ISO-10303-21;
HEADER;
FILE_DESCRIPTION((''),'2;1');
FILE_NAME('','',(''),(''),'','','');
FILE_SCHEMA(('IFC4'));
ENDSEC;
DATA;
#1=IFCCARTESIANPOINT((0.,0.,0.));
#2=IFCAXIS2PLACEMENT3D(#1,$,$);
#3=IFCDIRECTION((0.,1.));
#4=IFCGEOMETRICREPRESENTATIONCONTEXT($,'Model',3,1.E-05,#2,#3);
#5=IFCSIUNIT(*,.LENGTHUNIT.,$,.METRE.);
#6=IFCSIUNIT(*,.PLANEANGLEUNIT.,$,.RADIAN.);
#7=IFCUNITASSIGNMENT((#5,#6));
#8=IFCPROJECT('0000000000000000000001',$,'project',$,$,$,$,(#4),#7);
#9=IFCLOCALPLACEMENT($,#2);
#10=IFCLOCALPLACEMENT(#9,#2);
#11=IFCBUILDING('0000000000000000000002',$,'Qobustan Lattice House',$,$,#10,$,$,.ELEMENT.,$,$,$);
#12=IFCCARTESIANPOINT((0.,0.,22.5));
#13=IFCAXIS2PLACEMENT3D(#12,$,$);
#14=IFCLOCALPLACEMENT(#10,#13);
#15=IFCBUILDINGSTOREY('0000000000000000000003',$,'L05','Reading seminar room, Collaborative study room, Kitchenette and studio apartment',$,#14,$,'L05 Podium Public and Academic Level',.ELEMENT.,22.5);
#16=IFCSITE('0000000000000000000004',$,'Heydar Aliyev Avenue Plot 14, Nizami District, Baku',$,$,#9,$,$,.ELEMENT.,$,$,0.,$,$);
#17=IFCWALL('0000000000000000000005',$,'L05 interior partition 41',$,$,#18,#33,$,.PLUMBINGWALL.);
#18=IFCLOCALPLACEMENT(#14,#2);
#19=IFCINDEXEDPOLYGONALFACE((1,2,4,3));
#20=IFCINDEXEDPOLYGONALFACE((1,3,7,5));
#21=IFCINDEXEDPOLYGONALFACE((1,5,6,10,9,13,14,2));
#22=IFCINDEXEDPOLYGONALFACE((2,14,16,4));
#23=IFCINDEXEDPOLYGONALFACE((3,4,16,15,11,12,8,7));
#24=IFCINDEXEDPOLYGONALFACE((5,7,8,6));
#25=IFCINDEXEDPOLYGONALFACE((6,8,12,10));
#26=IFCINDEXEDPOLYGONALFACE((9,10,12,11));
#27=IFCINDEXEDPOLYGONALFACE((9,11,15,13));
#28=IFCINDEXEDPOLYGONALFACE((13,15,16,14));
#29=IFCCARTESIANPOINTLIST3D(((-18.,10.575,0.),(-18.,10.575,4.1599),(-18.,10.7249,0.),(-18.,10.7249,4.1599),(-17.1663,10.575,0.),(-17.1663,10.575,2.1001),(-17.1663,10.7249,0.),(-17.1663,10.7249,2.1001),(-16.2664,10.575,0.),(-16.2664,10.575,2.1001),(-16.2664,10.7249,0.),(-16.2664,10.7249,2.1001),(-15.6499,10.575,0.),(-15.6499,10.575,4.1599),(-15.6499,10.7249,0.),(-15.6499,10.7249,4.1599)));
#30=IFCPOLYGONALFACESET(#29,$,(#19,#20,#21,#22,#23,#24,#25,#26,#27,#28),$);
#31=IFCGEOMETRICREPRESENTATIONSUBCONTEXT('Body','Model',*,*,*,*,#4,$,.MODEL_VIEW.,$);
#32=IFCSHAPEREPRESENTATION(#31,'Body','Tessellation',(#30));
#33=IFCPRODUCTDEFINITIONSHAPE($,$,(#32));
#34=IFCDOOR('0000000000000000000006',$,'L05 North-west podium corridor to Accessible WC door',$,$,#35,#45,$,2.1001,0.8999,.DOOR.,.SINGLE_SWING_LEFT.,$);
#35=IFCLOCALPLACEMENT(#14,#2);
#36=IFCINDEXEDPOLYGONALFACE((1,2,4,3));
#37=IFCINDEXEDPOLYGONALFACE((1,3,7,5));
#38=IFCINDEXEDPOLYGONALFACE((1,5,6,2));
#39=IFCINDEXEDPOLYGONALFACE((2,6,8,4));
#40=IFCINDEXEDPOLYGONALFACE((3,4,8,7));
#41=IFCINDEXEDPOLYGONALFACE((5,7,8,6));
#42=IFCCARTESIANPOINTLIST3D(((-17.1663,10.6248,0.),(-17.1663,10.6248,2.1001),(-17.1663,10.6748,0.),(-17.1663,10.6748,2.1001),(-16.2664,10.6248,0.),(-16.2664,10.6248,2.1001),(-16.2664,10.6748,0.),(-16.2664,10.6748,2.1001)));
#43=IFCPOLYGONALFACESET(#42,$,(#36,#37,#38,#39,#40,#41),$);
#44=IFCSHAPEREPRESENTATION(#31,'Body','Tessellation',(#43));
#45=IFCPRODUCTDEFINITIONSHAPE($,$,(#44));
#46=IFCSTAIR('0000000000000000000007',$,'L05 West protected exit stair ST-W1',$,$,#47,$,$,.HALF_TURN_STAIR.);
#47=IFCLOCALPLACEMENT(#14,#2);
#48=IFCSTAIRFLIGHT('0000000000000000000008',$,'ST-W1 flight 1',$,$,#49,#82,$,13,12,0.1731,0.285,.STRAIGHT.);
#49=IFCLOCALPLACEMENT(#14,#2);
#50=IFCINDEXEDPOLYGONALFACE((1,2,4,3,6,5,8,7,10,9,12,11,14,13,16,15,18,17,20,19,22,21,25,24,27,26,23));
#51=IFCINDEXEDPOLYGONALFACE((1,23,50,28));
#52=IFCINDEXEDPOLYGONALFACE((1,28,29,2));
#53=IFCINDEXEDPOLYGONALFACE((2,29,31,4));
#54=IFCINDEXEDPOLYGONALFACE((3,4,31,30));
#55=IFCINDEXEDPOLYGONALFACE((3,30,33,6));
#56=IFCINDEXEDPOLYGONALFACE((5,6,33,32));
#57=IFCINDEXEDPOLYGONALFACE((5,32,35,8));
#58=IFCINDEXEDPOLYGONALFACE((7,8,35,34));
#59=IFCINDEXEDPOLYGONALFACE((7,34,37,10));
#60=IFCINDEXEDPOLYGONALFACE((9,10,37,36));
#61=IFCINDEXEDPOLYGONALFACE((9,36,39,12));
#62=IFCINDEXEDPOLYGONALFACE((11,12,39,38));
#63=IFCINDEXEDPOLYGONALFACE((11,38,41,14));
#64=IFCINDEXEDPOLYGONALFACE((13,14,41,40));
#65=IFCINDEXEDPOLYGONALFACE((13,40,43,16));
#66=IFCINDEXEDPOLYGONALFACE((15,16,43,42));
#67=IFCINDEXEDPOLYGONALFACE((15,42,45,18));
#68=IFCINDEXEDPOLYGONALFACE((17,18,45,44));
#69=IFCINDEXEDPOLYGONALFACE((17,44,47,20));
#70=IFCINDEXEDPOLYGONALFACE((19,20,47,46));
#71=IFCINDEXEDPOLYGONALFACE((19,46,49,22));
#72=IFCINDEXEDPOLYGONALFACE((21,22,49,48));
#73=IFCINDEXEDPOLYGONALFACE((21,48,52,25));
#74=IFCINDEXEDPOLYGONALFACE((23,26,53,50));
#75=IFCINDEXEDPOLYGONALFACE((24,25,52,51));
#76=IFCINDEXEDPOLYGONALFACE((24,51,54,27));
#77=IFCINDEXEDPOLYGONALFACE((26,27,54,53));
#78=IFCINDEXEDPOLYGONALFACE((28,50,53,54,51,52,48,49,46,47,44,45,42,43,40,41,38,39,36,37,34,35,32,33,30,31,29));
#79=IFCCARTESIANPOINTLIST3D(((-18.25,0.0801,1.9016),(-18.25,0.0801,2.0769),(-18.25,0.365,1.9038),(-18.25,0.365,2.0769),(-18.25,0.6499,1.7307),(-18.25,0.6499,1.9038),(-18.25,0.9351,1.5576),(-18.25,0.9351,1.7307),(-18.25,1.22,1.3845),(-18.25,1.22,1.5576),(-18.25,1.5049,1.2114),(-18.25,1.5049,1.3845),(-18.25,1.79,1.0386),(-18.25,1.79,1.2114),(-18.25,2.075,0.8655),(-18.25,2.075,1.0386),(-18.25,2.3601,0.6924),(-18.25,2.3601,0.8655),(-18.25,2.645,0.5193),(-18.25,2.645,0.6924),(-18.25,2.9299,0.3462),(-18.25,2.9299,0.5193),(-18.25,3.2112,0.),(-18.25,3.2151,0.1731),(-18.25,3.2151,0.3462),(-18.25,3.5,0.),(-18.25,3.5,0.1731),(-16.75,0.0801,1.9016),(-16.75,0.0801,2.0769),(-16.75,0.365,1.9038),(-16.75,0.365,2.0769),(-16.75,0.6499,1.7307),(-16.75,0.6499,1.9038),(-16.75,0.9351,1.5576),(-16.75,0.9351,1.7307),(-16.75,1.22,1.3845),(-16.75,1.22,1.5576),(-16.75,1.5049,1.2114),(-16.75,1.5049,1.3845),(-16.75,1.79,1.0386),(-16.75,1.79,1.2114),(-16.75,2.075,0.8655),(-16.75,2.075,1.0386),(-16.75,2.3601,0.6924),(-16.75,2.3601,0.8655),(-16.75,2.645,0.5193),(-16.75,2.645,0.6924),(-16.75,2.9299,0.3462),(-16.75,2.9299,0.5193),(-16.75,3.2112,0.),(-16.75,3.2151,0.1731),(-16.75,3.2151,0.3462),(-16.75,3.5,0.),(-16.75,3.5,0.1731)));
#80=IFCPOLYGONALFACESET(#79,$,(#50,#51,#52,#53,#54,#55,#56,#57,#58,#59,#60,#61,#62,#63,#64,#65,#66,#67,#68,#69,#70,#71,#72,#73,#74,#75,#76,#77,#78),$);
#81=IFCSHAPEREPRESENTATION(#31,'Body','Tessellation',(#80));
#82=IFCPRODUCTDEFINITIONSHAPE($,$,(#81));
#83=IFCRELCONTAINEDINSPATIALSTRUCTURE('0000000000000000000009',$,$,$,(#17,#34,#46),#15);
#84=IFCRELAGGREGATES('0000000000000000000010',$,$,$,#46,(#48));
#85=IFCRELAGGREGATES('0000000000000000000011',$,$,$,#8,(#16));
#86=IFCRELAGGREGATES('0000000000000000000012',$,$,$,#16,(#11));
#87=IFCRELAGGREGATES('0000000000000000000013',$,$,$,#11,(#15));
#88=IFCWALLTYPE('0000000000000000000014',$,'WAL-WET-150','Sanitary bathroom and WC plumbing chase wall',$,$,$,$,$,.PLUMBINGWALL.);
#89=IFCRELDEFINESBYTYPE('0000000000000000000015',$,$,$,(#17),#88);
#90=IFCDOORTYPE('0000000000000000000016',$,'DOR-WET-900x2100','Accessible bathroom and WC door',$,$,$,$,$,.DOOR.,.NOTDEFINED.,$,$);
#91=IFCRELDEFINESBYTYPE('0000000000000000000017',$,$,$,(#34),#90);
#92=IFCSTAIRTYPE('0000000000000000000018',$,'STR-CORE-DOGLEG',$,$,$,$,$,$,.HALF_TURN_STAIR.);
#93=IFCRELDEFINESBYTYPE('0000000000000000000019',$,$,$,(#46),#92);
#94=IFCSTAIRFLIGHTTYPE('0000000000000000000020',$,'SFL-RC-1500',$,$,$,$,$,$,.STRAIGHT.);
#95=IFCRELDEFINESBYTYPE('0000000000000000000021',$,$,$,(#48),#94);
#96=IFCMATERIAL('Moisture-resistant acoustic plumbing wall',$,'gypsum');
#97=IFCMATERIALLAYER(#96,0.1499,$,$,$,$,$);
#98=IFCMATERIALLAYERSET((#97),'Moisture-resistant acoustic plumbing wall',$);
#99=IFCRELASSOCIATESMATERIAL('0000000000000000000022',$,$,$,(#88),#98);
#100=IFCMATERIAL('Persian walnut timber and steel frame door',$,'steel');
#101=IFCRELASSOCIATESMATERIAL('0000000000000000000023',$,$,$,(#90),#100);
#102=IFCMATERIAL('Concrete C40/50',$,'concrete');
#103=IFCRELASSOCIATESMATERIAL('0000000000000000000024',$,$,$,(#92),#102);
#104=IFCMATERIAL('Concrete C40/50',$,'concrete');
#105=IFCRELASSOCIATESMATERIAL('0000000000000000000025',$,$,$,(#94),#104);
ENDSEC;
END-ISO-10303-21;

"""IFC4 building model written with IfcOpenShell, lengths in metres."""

from ifc_helpers import new_model, si_unit, direction, frame, frame_2d, origin, place, context, subcontext, project, spatial, polyline, rectangle, outline, extrude, material, layer, layer_set, type_object, element, fill, aggregate, save


model = new_model("IFC4")

# Units and contexts
model_context = context("Model", 3, precision=1e-05, world=origin(), true_north=direction((0.0, 1.0)))
body_context = subcontext(model_context, "Body", "Model", "MODEL_VIEW")
ifc_project = project(units=[si_unit("LENGTHUNIT", "METRE"), si_unit("PLANEANGLEUNIT", "RADIAN")], contexts=[model_context])

# Site, building, storey
site_placement = place(None, origin())
site = spatial("IfcSite", under=ifc_project, at=site_placement, Name="Heydar Aliyev Avenue Plot 14, Nizami District, Baku", CompositionType="ELEMENT", RefElevation=0.0)
building_placement = place(site_placement, origin())
building = spatial("IfcBuilding", under=site, at=building_placement, Name="Qobustan Lattice House", CompositionType="ELEMENT")
storey_placement = place(building_placement, frame((0.0, 0.0, 22.5)))
storey = spatial("IfcBuildingStorey", under=building, at=storey_placement, Name="L05", Description="Reading seminar room, Collaborative study room, Kitchenette and studio apartment", LongName="L05 Podium Public and Academic Level", CompositionType="ELEMENT", Elevation=22.5)

# Wall, opening, door
ifc_material_1 = material(Name="Moisture-resistant acoustic plumbing wall", Category="gypsum")
ifc_layer_1 = layer(ifc_material_1, 0.1499)
ifc_layer_set_1 = layer_set([ifc_layer_1], Name="Moisture-resistant acoustic plumbing wall")
wall_type_1 = type_object("IfcWallType", Name="WAL-WET-150", Description="Sanitary bathroom and WC plumbing chase wall", PredefinedType="PLUMBINGWALL", material=ifc_layer_set_1)
wall_1_placement = place(storey_placement, frame((-18.0, 10.6499, 0.0), z_axis=(0.0, 0.0, 1.0), x_axis=(1.0, 0.0, 0.0)))
wall_1 = element("IfcWall", 1, at=wall_1_placement, inside=storey, type_object=wall_type_1, Name="L05 interior partition 41", PredefinedType="PLUMBINGWALL", context=body_context, shape_type="SweptSolid", body=[
    extrude(rectangle(XDim=2.3501, YDim=0.1499, at=frame_2d((1.175, 0.0))), origin(), (0.0, 0.0, 1.0), 4.1599),
])
opening_1_placement = place(wall_1_placement, frame((0.8337, 0.0, 0.0)))
opening_1 = element("IfcOpeningElement", 2, at=opening_1_placement, cuts=wall_1, PredefinedType="OPENING", context=body_context, shape_type="SweptSolid", body=[
    extrude(rectangle(XDim=0.8999, YDim=2.1001, at=frame_2d((0.45, 1.05))), frame((0.0, 0.085, 0.0), z_axis=(0.0, -1.0, 0.0), x_axis=(1.0, 0.0, 0.0)), (0.0, 0.0, 1.0), 0.1699),
])
ifc_material_2 = material(Name="Persian walnut timber and steel frame door", Category="steel")
door_type_1 = type_object("IfcDoorType", Name="DOR-WET-900x2100", Description="Accessible bathroom and WC door", OperationType="NOTDEFINED", PredefinedType="DOOR", material=ifc_material_2)
door_1_placement = place(opening_1_placement, origin())
door_1 = element("IfcDoor", 3, at=door_1_placement, inside=storey, type_object=door_type_1, Name="L05 North-west podium corridor to Accessible WC door", OperationType="SINGLE_SWING_LEFT", OverallHeight=2.1001, OverallWidth=0.8999, PredefinedType="DOOR", context=body_context, shape_type="SweptSolid", body=[
    extrude(rectangle(XDim=0.8999, YDim=2.1001, at=frame_2d((0.45, 1.05))), frame((0.0, 0.0249, 0.0), z_axis=(0.0, -1.0, 0.0), x_axis=(1.0, 0.0, 0.0)), (0.0, 0.0, 1.0), 0.05),
])
fill(opening_1, door_1)

# Stair, stair flight
ifc_material_3 = material(Name="Concrete C40/50", Category="concrete")
stair_type = type_object("IfcStairType", Name="STR-CORE-DOGLEG", PredefinedType="HALF_TURN_STAIR", material=ifc_material_3)
stair_placement = place(storey_placement, origin())
stair = element("IfcStair", 4, at=stair_placement, inside=storey, type_object=stair_type, Name="L05 West protected exit stair ST-W1", PredefinedType="HALF_TURN_STAIR")
ifc_material_4 = material(Name="Concrete C40/50", Category="concrete")
stair_flight_type = type_object("IfcStairFlightType", Name="SFL-RC-1500", PredefinedType="STRAIGHT", material=ifc_material_4)
stair_flight_placement = place(storey_placement, frame((-17.5, 3.5, 0.0), z_axis=(0.0, 0.0, 1.0), x_axis=(0.0, -1.0, 0.0)))
stair_flight = element("IfcStairFlight", 5, at=stair_flight_placement, type_object=stair_flight_type, Name="ST-W1 flight 1", NumberOfRisers=13, NumberOfTreads=12, PredefinedType="STRAIGHT", RiserHeight=0.1731, TreadLength=0.285, context=body_context, shape_type="SweptSolid", body=[
    extrude(outline(polyline([(0.0, 0.0), (0.0, 0.1731), (0.2849, 0.1731), (0.2849, 0.3462), (0.5701, 0.3462), (0.5701, 0.5193), (0.855, 0.5193), (0.855, 0.6924), (1.1399, 0.6924), (1.1399, 0.8655), (1.425, 0.8655), (1.425, 1.0386), (1.71, 1.0386), (1.71, 1.2114), (1.9951, 1.2114), (1.9951, 1.3845), (2.28, 1.3845), (2.28, 1.5576), (2.5649, 1.5576), (2.5649, 1.7307), (2.8501, 1.7307), (2.8501, 1.9038), (3.135, 1.9038), (3.135, 2.0769), (3.4199, 2.0769), (3.4199, 2.25), (3.4199, 1.9016), (0.2888, 0.0), (0.0, 0.0)])), frame((0.0, 0.75, 0.0), z_axis=(0.0, -1.0, 0.0), x_axis=(1.0, 0.0, 0.0)), (0.0, 0.0, 1.0), 1.5),
])
aggregate(stair, [stair_flight])

save(model, "model.ifc")
